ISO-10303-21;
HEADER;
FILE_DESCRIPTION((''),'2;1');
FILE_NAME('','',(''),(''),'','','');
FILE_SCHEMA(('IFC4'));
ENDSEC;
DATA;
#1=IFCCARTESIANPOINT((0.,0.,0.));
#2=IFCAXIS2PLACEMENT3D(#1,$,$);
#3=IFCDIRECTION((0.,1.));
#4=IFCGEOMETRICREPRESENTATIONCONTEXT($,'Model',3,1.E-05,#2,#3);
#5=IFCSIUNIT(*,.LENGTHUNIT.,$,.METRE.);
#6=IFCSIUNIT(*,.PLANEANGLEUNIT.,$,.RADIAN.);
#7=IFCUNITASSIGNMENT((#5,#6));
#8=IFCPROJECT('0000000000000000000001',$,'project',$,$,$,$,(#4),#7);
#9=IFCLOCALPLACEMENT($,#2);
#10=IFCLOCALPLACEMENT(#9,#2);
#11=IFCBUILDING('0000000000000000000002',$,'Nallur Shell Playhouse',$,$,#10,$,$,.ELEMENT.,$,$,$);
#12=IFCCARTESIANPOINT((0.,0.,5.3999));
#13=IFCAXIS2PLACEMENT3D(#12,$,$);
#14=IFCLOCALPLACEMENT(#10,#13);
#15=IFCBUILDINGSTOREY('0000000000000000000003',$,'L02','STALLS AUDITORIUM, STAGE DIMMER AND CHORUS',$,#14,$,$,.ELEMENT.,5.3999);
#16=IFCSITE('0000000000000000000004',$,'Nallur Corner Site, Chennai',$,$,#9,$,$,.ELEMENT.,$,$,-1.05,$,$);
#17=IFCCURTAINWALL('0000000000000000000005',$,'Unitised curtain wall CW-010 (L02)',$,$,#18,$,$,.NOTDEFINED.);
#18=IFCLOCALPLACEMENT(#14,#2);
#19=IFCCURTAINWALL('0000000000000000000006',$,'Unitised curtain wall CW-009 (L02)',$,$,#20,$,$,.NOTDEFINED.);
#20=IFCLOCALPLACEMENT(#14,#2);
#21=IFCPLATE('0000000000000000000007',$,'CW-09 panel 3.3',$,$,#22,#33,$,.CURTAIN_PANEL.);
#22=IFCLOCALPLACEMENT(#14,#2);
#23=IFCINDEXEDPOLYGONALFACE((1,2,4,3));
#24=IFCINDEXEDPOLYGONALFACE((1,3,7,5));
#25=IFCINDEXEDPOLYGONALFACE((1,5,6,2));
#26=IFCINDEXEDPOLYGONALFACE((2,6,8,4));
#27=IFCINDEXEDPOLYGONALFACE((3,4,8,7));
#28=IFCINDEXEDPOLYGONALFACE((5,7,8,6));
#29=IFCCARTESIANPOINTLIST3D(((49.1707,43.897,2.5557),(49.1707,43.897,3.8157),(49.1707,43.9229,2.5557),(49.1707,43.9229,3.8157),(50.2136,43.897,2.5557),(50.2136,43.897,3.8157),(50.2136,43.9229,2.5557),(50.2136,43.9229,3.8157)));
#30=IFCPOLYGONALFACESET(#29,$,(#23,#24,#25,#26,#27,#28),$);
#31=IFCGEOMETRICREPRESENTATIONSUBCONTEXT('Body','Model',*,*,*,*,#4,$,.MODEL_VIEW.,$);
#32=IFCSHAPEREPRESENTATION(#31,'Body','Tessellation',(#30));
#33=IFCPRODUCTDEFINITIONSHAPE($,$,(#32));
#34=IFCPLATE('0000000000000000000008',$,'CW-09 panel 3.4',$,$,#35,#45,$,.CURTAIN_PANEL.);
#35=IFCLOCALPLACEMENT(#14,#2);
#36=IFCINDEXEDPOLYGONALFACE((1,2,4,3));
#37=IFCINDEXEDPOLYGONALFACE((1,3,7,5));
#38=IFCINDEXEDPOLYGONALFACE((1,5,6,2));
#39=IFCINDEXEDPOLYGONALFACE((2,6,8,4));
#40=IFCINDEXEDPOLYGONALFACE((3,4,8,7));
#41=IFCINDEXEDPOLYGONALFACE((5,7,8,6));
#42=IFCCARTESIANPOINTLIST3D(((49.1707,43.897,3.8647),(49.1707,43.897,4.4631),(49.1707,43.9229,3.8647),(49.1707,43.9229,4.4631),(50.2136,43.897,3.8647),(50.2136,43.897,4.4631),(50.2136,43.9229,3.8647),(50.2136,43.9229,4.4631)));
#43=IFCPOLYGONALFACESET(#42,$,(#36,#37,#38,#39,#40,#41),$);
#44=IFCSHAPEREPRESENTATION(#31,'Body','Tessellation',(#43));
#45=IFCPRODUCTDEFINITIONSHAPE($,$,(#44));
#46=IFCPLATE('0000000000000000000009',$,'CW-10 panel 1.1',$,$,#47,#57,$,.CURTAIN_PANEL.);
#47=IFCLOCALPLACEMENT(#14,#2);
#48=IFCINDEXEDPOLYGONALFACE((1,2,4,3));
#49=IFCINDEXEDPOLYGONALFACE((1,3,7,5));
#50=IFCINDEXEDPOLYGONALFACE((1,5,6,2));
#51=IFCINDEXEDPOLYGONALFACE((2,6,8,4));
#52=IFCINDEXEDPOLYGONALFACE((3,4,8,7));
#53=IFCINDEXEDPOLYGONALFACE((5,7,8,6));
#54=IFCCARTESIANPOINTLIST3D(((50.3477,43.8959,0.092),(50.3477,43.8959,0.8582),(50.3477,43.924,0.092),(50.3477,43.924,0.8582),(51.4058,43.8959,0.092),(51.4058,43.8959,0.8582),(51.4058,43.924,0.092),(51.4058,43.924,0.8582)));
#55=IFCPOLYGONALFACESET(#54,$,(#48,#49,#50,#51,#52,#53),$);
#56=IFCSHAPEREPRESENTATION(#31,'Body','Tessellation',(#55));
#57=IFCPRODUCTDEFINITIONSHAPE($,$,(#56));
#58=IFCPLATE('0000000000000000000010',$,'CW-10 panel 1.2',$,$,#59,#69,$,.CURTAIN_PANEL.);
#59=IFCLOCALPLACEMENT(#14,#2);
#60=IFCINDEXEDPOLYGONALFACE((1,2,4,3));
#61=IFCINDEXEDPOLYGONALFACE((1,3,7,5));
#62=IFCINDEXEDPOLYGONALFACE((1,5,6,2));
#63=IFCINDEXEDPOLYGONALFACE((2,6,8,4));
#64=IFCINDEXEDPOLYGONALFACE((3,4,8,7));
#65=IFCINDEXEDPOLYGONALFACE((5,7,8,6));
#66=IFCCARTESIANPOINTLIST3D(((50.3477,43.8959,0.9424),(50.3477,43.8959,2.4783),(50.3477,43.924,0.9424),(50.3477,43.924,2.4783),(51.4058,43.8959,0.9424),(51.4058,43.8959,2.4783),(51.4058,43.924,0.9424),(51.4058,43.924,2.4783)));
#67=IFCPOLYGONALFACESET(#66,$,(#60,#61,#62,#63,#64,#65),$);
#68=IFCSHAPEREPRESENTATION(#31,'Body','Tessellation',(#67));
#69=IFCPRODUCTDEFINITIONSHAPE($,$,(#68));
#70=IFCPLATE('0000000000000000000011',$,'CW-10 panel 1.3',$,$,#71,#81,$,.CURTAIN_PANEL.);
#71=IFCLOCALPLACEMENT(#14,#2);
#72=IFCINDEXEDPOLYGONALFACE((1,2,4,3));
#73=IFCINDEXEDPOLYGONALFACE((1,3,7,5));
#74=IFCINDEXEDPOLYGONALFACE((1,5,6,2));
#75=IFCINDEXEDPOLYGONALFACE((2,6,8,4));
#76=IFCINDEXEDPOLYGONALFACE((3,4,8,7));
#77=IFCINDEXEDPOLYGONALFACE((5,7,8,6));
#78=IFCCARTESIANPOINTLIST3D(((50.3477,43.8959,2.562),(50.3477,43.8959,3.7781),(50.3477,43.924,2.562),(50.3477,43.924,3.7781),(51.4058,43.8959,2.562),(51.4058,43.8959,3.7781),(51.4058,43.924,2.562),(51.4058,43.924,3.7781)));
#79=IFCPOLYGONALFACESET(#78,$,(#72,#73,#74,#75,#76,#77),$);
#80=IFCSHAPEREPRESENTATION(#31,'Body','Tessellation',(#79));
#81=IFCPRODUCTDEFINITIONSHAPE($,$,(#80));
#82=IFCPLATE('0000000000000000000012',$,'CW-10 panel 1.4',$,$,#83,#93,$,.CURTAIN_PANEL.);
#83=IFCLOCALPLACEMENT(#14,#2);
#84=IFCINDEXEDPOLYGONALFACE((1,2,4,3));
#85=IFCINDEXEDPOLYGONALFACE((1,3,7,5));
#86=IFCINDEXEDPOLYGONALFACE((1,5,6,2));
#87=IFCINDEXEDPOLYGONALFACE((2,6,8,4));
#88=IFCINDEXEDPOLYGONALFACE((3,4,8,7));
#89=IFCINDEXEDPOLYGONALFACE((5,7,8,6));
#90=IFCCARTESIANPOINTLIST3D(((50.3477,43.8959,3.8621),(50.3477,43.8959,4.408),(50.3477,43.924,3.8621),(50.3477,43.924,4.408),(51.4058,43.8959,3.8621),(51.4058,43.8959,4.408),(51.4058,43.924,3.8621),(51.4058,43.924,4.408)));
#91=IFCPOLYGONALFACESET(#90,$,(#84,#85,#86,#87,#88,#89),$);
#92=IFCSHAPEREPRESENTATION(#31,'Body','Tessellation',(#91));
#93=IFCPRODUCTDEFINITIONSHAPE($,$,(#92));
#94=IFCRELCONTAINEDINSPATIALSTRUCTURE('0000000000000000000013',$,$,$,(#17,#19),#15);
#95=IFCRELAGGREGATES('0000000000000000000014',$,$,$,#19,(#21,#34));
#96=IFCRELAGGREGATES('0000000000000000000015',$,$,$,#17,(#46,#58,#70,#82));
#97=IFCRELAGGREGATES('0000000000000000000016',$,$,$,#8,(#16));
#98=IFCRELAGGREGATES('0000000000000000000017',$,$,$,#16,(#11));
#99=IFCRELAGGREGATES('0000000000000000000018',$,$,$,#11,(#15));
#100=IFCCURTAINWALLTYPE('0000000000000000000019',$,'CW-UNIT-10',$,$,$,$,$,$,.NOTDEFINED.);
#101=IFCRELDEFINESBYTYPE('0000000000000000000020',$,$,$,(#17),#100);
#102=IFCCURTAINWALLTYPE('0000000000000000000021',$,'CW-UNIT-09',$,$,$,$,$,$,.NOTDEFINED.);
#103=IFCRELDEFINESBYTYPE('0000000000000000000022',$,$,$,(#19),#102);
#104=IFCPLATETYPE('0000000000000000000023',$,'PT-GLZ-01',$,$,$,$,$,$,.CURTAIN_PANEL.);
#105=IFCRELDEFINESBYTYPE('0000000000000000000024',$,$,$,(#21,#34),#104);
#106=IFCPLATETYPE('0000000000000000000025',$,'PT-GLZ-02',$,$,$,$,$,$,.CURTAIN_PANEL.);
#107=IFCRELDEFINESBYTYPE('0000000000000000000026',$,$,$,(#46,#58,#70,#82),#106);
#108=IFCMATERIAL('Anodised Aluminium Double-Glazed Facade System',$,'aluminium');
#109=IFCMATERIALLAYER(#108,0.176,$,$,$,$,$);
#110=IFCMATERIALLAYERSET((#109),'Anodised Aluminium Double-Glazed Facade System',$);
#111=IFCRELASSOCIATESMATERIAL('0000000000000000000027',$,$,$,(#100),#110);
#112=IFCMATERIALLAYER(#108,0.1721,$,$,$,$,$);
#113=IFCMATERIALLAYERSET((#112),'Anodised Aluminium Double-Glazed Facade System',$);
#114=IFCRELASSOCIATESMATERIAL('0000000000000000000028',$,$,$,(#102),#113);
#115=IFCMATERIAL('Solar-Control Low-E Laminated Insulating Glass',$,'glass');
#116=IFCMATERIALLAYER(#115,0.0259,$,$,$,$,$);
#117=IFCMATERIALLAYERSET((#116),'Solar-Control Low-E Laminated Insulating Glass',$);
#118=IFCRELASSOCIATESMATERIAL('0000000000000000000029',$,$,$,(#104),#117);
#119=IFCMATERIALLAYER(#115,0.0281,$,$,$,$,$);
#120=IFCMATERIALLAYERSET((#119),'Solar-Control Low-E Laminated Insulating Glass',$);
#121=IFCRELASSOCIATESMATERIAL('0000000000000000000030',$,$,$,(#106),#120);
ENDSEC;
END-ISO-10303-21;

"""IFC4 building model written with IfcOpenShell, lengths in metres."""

from ifc_helpers import new_model, si_unit, direction, frame, origin, origin_2d, place, context, subcontext, project, spatial, rectangle, extrude, material, layer, layer_set, type_object, element, aggregate, save


model = new_model("IFC4")

# Units and contexts
model_context = context("Model", 3, precision=1e-05, world=origin(), true_north=direction((0.0, 1.0)))
body_context = subcontext(model_context, "Body", "Model", "MODEL_VIEW")
ifc_project = project(units=[si_unit("LENGTHUNIT", "METRE"), si_unit("PLANEANGLEUNIT", "RADIAN")], contexts=[model_context])

# Site, building, storey
site_placement = place(None, origin())
site = spatial("IfcSite", under=ifc_project, at=site_placement, Name="Nallur Corner Site, Chennai", CompositionType="ELEMENT", RefElevation=-1.05)
building_placement = place(site_placement, origin())
building = spatial("IfcBuilding", under=site, at=building_placement, Name="Nallur Shell Playhouse", CompositionType="ELEMENT")
storey_placement = place(building_placement, frame((0.0, 0.0, 5.3999)))
storey = spatial("IfcBuildingStorey", under=building, at=storey_placement, Name="L02", Description="STALLS AUDITORIUM, STAGE DIMMER AND CHORUS", CompositionType="ELEMENT", Elevation=5.3999)

# Curtain walls
ifc_material_1 = material(Name="Anodised Aluminium Double-Glazed Facade System", Category="aluminium")
ifc_layer_1 = layer(ifc_material_1, 0.176)
ifc_layer_set_1 = layer_set([ifc_layer_1], Name="Anodised Aluminium Double-Glazed Facade System")
curtain_wall_type_1 = type_object("IfcCurtainWallType", Name="CW-UNIT-10", PredefinedType="NOTDEFINED", material=ifc_layer_set_1)
curtain_wall_1_placement = place(storey_placement, origin())
curtain_wall_1 = element("IfcCurtainWall", 1, at=curtain_wall_1_placement, inside=storey, type_object=curtain_wall_type_1, Name="Unitised curtain wall CW-010 (L02)", PredefinedType="NOTDEFINED")
ifc_layer_2 = layer(ifc_material_1, 0.1721)
ifc_layer_set_2 = layer_set([ifc_layer_2], Name="Anodised Aluminium Double-Glazed Facade System")
curtain_wall_type_2 = type_object("IfcCurtainWallType", Name="CW-UNIT-09", PredefinedType="NOTDEFINED", material=ifc_layer_set_2)
curtain_wall_2_placement = place(storey_placement, origin())
curtain_wall_2 = element("IfcCurtainWall", 2, at=curtain_wall_2_placement, inside=storey, type_object=curtain_wall_type_2, Name="Unitised curtain wall CW-009 (L02)", PredefinedType="NOTDEFINED")

# Plates
ifc_material_2 = material(Name="Solar-Control Low-E Laminated Insulating Glass", Category="glass")
ifc_layer_3 = layer(ifc_material_2, 0.0259)
ifc_layer_set_3 = layer_set([ifc_layer_3], Name="Solar-Control Low-E Laminated Insulating Glass")
plate_type_1 = type_object("IfcPlateType", Name="PT-GLZ-01", PredefinedType="CURTAIN_PANEL", material=ifc_layer_set_3)
plate_1_placement = place(storey_placement, frame((49.6921, 43.9099, 2.5557), z_axis=(0.0, 0.0, 1.0), x_axis=(1.0, 0.0, 0.0)))
plate_1 = element("IfcPlate", 3, at=plate_1_placement, type_object=plate_type_1, Name="CW-09 panel 3.3", PredefinedType="CURTAIN_PANEL", context=body_context, shape_type="SweptSolid", body=[
    extrude(rectangle(XDim=1.043, YDim=0.0259, at=origin_2d()), origin(), (0.0, 0.0, 1.0), 1.26),
])
plate_2_placement = place(storey_placement, frame((49.6921, 43.9099, 3.8647), z_axis=(0.0, 0.0, 1.0), x_axis=(1.0, 0.0, 0.0)))
plate_2 = element("IfcPlate", 4, at=plate_2_placement, type_object=plate_type_1, Name="CW-09 panel 3.4", PredefinedType="CURTAIN_PANEL", context=body_context, shape_type="SweptSolid", body=[
    extrude(rectangle(XDim=1.043, YDim=0.0259, at=origin_2d()), origin(), (0.0, 0.0, 1.0), 0.5984),
])
aggregate(curtain_wall_2, [plate_1, plate_2])
ifc_layer_4 = layer(ifc_material_2, 0.0281)
ifc_layer_set_4 = layer_set([ifc_layer_4], Name="Solar-Control Low-E Laminated Insulating Glass")
plate_type_2 = type_object("IfcPlateType", Name="PT-GLZ-02", PredefinedType="CURTAIN_PANEL", material=ifc_layer_set_4)
plate_3_placement = place(storey_placement, frame((50.8767, 43.9099, 0.092), z_axis=(0.0, 0.0, 1.0), x_axis=(1.0, 0.0, 0.0)))
plate_3 = element("IfcPlate", 5, at=plate_3_placement, type_object=plate_type_2, Name="CW-10 panel 1.1", PredefinedType="CURTAIN_PANEL", context=body_context, shape_type="SweptSolid", body=[
    extrude(rectangle(XDim=1.0581, YDim=0.0281, at=origin_2d()), origin(), (0.0, 0.0, 1.0), 0.7661),
])
plate_4_placement = place(storey_placement, frame((50.8767, 43.9099, 0.9424), z_axis=(0.0, 0.0, 1.0), x_axis=(1.0, 0.0, 0.0)))
plate_4 = element("IfcPlate", 6, at=plate_4_placement, type_object=plate_type_2, Name="CW-10 panel 1.2", PredefinedType="CURTAIN_PANEL", context=body_context, shape_type="SweptSolid", body=[
    extrude(rectangle(XDim=1.0581, YDim=0.0281, at=origin_2d()), origin(), (0.0, 0.0, 1.0), 1.5359),
])
plate_5_placement = place(storey_placement, frame((50.8767, 43.9099, 2.562), z_axis=(0.0, 0.0, 1.0), x_axis=(1.0, 0.0, 0.0)))
plate_5 = element("IfcPlate", 7, at=plate_5_placement, type_object=plate_type_2, Name="CW-10 panel 1.3", PredefinedType="CURTAIN_PANEL", context=body_context, shape_type="SweptSolid", body=[
    extrude(rectangle(XDim=1.0581, YDim=0.0281, at=origin_2d()), origin(), (0.0, 0.0, 1.0), 1.2161),
])
plate_6_placement = place(storey_placement, frame((50.8767, 43.9099, 3.8621), z_axis=(0.0, 0.0, 1.0), x_axis=(1.0, 0.0, 0.0)))
plate_6 = element("IfcPlate", 8, at=plate_6_placement, type_object=plate_type_2, Name="CW-10 panel 1.4", PredefinedType="CURTAIN_PANEL", context=body_context, shape_type="SweptSolid", body=[
    extrude(rectangle(XDim=1.0581, YDim=0.0281, at=origin_2d()), origin(), (0.0, 0.0, 1.0), 0.5459),
])
aggregate(curtain_wall_1, [plate_3, plate_4, plate_5, plate_6])

save(model, "model.ifc")
